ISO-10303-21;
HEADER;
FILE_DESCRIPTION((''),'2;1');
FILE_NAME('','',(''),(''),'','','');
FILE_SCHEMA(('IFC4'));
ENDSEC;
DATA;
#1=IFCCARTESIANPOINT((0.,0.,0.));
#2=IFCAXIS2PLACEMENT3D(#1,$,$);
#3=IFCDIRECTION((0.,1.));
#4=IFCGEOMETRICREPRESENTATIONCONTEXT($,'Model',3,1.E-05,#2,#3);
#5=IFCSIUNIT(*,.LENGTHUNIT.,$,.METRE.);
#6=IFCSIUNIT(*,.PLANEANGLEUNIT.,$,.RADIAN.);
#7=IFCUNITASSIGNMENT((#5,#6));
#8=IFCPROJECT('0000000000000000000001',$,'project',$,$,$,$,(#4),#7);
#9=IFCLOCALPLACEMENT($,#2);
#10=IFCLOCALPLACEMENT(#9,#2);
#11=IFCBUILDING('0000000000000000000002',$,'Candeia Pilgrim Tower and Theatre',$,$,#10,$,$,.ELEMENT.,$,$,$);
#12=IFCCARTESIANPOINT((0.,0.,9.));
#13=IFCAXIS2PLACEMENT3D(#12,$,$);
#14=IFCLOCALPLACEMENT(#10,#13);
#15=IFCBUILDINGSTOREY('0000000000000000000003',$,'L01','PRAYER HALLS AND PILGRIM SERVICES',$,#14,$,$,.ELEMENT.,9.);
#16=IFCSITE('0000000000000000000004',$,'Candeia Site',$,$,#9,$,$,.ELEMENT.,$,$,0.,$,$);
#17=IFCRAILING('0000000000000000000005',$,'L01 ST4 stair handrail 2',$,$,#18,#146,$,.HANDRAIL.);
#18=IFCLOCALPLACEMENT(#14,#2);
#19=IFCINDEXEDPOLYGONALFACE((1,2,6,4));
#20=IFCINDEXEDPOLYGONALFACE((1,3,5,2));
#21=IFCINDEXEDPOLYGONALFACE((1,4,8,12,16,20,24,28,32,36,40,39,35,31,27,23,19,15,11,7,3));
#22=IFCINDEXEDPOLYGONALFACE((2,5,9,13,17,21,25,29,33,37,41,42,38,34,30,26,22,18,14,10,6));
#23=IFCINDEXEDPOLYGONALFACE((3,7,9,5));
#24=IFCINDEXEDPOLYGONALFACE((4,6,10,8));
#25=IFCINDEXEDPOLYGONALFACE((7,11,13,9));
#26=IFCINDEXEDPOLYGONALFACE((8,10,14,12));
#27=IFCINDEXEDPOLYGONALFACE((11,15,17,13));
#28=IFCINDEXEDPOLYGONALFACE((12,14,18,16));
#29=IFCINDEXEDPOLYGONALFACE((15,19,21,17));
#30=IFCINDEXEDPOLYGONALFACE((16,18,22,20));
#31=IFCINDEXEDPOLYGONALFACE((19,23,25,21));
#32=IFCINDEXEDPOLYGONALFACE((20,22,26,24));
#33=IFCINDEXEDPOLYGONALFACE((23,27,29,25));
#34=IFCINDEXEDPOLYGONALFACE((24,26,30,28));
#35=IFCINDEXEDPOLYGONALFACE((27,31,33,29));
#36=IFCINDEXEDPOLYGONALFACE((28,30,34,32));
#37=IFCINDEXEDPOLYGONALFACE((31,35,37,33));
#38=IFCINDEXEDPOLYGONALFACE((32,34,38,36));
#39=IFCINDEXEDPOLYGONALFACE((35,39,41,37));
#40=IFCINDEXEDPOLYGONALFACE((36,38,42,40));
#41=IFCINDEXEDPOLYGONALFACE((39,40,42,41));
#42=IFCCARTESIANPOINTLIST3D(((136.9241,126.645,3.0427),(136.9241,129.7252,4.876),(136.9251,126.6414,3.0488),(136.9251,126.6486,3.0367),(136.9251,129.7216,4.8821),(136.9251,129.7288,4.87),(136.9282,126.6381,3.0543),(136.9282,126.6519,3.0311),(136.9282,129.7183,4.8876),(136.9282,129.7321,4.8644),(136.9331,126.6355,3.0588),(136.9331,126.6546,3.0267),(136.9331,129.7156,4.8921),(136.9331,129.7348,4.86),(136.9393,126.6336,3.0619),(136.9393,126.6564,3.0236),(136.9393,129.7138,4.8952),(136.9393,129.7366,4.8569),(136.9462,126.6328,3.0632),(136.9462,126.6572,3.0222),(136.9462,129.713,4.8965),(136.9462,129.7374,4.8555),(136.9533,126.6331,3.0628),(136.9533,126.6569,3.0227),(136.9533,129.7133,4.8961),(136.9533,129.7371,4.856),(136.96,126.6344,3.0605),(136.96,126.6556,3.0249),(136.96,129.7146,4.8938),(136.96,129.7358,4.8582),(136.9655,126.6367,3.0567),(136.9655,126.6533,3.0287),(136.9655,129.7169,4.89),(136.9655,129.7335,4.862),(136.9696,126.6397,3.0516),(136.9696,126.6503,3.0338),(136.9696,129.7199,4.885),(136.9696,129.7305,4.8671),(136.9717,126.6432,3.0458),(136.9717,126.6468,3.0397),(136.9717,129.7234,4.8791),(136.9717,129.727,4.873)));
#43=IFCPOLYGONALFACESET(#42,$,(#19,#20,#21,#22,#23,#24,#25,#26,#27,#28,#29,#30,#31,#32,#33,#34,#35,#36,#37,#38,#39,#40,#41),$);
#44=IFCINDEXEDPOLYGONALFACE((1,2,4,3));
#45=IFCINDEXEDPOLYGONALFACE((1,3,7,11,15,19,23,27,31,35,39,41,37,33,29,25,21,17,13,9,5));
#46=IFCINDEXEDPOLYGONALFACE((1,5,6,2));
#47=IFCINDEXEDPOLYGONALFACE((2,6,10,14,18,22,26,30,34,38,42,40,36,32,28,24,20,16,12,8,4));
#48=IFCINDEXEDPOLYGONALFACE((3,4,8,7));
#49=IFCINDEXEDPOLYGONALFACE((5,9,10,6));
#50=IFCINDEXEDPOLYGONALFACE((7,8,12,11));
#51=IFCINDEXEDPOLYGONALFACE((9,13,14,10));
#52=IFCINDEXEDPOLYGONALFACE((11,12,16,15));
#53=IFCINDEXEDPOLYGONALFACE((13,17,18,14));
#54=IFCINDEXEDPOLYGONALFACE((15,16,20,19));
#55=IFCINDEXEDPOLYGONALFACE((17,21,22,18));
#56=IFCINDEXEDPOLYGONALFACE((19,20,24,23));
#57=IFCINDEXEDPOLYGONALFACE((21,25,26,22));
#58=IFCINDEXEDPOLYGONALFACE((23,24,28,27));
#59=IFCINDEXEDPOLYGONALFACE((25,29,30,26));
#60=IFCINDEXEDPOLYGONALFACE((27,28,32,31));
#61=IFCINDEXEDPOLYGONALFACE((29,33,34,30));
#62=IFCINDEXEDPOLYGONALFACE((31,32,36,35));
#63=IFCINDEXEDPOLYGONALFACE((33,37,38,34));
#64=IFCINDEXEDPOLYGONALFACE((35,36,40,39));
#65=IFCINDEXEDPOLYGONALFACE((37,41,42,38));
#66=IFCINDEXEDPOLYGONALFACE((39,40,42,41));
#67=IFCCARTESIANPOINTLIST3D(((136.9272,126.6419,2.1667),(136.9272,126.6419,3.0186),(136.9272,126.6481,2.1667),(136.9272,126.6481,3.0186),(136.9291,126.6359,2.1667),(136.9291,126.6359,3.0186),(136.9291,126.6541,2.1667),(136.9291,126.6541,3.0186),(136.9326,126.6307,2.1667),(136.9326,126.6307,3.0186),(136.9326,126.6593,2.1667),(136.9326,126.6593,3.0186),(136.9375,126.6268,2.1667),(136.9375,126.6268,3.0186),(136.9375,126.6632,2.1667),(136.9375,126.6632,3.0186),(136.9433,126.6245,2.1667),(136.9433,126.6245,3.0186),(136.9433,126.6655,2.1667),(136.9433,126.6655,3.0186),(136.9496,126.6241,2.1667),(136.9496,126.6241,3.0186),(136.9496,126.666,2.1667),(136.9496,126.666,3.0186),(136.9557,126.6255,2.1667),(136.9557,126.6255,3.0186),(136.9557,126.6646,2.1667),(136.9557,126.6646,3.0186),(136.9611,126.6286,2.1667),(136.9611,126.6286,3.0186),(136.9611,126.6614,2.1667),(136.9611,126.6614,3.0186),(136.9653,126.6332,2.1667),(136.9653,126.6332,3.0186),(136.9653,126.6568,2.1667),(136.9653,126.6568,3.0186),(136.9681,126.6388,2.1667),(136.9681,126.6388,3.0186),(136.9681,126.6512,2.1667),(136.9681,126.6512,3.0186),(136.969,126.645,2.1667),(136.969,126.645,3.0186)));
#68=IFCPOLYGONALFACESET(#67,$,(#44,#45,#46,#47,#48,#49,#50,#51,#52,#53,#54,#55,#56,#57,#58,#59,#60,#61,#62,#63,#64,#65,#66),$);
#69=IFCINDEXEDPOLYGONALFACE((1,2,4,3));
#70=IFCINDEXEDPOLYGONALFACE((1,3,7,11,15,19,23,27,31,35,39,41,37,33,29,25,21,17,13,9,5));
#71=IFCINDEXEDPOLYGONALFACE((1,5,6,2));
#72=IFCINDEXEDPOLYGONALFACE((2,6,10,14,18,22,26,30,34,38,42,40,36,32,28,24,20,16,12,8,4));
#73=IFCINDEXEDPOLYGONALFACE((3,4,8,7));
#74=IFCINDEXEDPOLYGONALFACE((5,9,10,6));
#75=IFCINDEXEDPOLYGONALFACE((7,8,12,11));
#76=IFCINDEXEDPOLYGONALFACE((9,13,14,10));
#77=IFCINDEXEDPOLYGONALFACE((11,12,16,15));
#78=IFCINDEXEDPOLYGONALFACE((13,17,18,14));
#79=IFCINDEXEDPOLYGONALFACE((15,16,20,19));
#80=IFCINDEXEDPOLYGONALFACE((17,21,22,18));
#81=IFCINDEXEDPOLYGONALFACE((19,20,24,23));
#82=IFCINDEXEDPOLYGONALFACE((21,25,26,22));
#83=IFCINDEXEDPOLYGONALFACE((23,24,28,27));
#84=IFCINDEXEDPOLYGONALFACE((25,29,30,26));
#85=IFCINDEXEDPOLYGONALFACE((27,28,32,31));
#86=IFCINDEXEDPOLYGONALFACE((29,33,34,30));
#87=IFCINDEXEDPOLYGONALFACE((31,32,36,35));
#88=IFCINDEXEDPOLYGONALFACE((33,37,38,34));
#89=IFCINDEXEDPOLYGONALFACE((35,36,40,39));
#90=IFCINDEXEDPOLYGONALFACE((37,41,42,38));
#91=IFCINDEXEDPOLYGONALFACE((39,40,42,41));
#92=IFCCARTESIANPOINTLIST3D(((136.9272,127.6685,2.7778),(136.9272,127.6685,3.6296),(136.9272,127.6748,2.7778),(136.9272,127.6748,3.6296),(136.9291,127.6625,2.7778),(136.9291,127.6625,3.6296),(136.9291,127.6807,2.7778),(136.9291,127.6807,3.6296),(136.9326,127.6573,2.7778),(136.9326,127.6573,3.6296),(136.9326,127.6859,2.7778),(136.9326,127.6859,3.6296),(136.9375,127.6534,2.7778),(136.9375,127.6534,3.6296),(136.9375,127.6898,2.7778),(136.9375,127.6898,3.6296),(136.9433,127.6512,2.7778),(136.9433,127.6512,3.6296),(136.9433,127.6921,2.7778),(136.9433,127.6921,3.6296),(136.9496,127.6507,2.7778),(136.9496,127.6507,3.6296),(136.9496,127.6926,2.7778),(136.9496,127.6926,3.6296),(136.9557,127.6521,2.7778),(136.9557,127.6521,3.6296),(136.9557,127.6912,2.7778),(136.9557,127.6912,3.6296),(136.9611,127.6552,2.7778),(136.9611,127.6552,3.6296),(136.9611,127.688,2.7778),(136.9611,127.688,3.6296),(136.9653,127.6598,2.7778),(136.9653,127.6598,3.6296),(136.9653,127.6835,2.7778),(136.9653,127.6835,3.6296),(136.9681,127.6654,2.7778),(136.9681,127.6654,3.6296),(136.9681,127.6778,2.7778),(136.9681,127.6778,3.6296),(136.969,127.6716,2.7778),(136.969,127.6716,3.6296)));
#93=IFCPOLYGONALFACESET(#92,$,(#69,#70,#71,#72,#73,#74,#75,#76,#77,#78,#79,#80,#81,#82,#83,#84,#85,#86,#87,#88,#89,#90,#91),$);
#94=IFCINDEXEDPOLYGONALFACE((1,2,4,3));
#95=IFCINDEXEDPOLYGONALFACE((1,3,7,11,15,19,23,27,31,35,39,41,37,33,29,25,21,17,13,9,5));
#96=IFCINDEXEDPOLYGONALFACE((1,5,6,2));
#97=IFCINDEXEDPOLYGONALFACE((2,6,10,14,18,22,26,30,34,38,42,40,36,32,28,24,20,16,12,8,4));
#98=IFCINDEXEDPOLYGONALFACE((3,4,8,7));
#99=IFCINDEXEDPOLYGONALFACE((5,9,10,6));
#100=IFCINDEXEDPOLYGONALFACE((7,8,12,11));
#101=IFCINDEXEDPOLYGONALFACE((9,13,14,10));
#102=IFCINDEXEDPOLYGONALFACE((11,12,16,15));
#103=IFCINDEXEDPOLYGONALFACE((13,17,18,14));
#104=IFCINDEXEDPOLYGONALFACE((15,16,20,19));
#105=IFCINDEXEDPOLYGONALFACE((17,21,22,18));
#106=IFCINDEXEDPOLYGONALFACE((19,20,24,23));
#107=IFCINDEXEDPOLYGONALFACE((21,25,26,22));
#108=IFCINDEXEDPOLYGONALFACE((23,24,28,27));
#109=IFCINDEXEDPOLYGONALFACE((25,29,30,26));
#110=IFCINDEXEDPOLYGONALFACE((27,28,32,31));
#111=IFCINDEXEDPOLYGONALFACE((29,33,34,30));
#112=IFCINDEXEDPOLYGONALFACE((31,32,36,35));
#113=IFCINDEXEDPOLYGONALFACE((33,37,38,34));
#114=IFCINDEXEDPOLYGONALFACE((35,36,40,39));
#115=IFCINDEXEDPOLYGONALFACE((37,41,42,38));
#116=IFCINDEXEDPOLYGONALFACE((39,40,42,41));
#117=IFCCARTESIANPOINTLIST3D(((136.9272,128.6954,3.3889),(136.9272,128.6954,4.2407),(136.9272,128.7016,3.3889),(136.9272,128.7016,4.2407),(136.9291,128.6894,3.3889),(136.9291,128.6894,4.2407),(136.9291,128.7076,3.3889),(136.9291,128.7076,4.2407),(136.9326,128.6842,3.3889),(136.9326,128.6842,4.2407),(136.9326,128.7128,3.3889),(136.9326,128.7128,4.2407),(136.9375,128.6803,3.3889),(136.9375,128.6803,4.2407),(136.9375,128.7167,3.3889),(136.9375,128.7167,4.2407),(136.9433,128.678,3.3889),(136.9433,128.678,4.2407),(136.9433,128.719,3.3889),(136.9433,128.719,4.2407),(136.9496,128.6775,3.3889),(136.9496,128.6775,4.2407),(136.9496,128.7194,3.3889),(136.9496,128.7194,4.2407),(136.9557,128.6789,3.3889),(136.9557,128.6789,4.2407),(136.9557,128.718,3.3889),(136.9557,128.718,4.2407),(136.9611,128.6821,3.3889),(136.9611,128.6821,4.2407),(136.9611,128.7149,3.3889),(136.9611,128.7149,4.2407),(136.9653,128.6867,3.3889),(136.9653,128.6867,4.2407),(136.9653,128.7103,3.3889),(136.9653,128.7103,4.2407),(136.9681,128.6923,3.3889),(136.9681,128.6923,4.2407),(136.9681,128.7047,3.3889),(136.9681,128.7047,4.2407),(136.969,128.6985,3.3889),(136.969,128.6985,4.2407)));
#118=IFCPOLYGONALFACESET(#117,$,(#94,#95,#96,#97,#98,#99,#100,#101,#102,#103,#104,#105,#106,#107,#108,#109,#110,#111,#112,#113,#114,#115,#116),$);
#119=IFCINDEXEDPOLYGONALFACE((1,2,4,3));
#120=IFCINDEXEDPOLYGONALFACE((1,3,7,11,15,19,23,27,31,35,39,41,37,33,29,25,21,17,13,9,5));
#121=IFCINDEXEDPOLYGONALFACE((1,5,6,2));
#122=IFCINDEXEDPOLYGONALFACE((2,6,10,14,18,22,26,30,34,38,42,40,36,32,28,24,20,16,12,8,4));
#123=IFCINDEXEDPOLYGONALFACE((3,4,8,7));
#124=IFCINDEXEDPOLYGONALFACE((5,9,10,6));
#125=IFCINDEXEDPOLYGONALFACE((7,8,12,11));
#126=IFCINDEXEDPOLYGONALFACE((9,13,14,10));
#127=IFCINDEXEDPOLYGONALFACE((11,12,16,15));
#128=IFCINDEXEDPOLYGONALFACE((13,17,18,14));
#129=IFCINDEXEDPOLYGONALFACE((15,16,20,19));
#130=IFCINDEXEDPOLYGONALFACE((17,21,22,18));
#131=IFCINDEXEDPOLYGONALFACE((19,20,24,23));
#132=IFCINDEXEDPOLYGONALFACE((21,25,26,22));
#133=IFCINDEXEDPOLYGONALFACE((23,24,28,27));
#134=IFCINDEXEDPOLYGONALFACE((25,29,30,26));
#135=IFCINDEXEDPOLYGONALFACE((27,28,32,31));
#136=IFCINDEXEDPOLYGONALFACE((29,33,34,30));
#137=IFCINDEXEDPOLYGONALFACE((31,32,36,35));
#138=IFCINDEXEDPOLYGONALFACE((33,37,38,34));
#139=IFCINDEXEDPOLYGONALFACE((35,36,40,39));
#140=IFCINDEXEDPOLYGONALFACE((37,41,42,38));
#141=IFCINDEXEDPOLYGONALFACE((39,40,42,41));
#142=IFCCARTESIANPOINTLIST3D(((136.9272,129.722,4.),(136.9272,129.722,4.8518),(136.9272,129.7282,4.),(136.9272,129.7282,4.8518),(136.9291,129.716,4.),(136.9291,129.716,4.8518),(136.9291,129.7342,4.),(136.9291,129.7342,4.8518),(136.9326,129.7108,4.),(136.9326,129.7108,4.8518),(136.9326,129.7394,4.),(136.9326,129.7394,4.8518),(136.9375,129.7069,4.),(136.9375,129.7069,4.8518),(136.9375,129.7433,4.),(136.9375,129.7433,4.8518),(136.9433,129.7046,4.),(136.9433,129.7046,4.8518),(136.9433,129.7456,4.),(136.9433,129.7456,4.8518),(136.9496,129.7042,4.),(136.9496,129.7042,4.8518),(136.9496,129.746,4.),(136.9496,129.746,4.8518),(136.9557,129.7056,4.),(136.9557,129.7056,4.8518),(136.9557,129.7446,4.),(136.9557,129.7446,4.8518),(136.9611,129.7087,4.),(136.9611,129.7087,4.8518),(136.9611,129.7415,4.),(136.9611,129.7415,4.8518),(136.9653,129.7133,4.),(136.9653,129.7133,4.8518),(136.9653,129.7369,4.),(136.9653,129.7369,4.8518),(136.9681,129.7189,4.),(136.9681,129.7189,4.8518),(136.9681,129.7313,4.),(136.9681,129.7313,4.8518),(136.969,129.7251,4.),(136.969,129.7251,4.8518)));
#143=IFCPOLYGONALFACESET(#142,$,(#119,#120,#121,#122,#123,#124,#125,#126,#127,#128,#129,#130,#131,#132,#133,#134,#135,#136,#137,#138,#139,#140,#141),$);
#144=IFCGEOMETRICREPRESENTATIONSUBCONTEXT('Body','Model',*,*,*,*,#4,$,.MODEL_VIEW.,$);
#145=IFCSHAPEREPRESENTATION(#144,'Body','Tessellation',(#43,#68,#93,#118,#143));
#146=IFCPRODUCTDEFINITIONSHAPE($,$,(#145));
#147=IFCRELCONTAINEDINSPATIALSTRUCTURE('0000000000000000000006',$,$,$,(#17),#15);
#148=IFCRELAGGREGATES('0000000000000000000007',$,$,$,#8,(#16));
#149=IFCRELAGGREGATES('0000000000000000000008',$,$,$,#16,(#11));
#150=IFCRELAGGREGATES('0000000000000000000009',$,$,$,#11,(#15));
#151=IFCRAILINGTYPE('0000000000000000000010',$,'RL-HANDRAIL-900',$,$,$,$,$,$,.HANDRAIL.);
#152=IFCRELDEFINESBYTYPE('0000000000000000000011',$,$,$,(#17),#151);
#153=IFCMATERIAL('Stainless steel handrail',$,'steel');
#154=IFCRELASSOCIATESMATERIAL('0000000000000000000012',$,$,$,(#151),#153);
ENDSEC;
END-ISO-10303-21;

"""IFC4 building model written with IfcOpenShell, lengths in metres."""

from ifc_helpers import new_model, si_unit, direction, frame, origin, origin_2d, place, context, subcontext, project, spatial, circle, extrude, material, type_object, element, save


model = new_model("IFC4")

# Units and contexts
model_context = context("Model", 3, precision=1e-05, world=origin(), true_north=direction((0.0, 1.0)))
body_context = subcontext(model_context, "Body", "Model", "MODEL_VIEW")
ifc_project = project(units=[si_unit("LENGTHUNIT", "METRE"), si_unit("PLANEANGLEUNIT", "RADIAN")], contexts=[model_context])

# Site, building, storey
site_placement = place(None, origin())
site = spatial("IfcSite", under=ifc_project, at=site_placement, Name="Candeia Site", CompositionType="ELEMENT", RefElevation=0.0)
building_placement = place(site_placement, origin())
building = spatial("IfcBuilding", under=site, at=building_placement, Name="Candeia Pilgrim Tower and Theatre", CompositionType="ELEMENT")
storey_placement = place(building_placement, frame((0.0, 0.0, 9.0)))
storey = spatial("IfcBuildingStorey", under=building, at=storey_placement, Name="L01", Description="PRAYER HALLS AND PILGRIM SERVICES", CompositionType="ELEMENT", Elevation=9.0)

# Railing
ifc_material_1 = material(Name="Stainless steel handrail", Category="steel")
railing_type_1 = type_object("IfcRailingType", Name="RL-HANDRAIL-900", PredefinedType="HANDRAIL", material=ifc_material_1)
railing_1_placement = place(storey_placement, frame((136.948, 126.645, 2.1667)))
element("IfcRailing", 1, at=railing_1_placement, inside=storey, type_object=railing_type_1, Name="L01 ST4 stair handrail 2", PredefinedType="HANDRAIL", context=body_context, shape_type="SweptSolid", body=[
    extrude(circle(Radius=0.0239, at=origin_2d()), frame((0.0, 0.0, 0.876), z_axis=(0.0, 0.859309, 0.511458), x_axis=(-1.0, 0.0, 0.0)), (0.0, 0.0, 1.0), 3.5845),
    extrude(circle(Radius=0.021, at=origin_2d()), origin(), (0.0, 0.0, 1.0), 0.8518),
    extrude(circle(Radius=0.021, at=origin_2d()), frame((0.0, 1.0266, 0.6111)), (0.0, 0.0, 1.0), 0.8518),
    extrude(circle(Radius=0.021, at=origin_2d()), frame((0.0, 2.0535, 1.2222)), (0.0, 0.0, 1.0), 0.8518),
    extrude(circle(Radius=0.021, at=origin_2d()), frame((0.0, 3.0801, 1.8333)), (0.0, 0.0, 1.0), 0.8518),
])

save(model, "model.ifc")
